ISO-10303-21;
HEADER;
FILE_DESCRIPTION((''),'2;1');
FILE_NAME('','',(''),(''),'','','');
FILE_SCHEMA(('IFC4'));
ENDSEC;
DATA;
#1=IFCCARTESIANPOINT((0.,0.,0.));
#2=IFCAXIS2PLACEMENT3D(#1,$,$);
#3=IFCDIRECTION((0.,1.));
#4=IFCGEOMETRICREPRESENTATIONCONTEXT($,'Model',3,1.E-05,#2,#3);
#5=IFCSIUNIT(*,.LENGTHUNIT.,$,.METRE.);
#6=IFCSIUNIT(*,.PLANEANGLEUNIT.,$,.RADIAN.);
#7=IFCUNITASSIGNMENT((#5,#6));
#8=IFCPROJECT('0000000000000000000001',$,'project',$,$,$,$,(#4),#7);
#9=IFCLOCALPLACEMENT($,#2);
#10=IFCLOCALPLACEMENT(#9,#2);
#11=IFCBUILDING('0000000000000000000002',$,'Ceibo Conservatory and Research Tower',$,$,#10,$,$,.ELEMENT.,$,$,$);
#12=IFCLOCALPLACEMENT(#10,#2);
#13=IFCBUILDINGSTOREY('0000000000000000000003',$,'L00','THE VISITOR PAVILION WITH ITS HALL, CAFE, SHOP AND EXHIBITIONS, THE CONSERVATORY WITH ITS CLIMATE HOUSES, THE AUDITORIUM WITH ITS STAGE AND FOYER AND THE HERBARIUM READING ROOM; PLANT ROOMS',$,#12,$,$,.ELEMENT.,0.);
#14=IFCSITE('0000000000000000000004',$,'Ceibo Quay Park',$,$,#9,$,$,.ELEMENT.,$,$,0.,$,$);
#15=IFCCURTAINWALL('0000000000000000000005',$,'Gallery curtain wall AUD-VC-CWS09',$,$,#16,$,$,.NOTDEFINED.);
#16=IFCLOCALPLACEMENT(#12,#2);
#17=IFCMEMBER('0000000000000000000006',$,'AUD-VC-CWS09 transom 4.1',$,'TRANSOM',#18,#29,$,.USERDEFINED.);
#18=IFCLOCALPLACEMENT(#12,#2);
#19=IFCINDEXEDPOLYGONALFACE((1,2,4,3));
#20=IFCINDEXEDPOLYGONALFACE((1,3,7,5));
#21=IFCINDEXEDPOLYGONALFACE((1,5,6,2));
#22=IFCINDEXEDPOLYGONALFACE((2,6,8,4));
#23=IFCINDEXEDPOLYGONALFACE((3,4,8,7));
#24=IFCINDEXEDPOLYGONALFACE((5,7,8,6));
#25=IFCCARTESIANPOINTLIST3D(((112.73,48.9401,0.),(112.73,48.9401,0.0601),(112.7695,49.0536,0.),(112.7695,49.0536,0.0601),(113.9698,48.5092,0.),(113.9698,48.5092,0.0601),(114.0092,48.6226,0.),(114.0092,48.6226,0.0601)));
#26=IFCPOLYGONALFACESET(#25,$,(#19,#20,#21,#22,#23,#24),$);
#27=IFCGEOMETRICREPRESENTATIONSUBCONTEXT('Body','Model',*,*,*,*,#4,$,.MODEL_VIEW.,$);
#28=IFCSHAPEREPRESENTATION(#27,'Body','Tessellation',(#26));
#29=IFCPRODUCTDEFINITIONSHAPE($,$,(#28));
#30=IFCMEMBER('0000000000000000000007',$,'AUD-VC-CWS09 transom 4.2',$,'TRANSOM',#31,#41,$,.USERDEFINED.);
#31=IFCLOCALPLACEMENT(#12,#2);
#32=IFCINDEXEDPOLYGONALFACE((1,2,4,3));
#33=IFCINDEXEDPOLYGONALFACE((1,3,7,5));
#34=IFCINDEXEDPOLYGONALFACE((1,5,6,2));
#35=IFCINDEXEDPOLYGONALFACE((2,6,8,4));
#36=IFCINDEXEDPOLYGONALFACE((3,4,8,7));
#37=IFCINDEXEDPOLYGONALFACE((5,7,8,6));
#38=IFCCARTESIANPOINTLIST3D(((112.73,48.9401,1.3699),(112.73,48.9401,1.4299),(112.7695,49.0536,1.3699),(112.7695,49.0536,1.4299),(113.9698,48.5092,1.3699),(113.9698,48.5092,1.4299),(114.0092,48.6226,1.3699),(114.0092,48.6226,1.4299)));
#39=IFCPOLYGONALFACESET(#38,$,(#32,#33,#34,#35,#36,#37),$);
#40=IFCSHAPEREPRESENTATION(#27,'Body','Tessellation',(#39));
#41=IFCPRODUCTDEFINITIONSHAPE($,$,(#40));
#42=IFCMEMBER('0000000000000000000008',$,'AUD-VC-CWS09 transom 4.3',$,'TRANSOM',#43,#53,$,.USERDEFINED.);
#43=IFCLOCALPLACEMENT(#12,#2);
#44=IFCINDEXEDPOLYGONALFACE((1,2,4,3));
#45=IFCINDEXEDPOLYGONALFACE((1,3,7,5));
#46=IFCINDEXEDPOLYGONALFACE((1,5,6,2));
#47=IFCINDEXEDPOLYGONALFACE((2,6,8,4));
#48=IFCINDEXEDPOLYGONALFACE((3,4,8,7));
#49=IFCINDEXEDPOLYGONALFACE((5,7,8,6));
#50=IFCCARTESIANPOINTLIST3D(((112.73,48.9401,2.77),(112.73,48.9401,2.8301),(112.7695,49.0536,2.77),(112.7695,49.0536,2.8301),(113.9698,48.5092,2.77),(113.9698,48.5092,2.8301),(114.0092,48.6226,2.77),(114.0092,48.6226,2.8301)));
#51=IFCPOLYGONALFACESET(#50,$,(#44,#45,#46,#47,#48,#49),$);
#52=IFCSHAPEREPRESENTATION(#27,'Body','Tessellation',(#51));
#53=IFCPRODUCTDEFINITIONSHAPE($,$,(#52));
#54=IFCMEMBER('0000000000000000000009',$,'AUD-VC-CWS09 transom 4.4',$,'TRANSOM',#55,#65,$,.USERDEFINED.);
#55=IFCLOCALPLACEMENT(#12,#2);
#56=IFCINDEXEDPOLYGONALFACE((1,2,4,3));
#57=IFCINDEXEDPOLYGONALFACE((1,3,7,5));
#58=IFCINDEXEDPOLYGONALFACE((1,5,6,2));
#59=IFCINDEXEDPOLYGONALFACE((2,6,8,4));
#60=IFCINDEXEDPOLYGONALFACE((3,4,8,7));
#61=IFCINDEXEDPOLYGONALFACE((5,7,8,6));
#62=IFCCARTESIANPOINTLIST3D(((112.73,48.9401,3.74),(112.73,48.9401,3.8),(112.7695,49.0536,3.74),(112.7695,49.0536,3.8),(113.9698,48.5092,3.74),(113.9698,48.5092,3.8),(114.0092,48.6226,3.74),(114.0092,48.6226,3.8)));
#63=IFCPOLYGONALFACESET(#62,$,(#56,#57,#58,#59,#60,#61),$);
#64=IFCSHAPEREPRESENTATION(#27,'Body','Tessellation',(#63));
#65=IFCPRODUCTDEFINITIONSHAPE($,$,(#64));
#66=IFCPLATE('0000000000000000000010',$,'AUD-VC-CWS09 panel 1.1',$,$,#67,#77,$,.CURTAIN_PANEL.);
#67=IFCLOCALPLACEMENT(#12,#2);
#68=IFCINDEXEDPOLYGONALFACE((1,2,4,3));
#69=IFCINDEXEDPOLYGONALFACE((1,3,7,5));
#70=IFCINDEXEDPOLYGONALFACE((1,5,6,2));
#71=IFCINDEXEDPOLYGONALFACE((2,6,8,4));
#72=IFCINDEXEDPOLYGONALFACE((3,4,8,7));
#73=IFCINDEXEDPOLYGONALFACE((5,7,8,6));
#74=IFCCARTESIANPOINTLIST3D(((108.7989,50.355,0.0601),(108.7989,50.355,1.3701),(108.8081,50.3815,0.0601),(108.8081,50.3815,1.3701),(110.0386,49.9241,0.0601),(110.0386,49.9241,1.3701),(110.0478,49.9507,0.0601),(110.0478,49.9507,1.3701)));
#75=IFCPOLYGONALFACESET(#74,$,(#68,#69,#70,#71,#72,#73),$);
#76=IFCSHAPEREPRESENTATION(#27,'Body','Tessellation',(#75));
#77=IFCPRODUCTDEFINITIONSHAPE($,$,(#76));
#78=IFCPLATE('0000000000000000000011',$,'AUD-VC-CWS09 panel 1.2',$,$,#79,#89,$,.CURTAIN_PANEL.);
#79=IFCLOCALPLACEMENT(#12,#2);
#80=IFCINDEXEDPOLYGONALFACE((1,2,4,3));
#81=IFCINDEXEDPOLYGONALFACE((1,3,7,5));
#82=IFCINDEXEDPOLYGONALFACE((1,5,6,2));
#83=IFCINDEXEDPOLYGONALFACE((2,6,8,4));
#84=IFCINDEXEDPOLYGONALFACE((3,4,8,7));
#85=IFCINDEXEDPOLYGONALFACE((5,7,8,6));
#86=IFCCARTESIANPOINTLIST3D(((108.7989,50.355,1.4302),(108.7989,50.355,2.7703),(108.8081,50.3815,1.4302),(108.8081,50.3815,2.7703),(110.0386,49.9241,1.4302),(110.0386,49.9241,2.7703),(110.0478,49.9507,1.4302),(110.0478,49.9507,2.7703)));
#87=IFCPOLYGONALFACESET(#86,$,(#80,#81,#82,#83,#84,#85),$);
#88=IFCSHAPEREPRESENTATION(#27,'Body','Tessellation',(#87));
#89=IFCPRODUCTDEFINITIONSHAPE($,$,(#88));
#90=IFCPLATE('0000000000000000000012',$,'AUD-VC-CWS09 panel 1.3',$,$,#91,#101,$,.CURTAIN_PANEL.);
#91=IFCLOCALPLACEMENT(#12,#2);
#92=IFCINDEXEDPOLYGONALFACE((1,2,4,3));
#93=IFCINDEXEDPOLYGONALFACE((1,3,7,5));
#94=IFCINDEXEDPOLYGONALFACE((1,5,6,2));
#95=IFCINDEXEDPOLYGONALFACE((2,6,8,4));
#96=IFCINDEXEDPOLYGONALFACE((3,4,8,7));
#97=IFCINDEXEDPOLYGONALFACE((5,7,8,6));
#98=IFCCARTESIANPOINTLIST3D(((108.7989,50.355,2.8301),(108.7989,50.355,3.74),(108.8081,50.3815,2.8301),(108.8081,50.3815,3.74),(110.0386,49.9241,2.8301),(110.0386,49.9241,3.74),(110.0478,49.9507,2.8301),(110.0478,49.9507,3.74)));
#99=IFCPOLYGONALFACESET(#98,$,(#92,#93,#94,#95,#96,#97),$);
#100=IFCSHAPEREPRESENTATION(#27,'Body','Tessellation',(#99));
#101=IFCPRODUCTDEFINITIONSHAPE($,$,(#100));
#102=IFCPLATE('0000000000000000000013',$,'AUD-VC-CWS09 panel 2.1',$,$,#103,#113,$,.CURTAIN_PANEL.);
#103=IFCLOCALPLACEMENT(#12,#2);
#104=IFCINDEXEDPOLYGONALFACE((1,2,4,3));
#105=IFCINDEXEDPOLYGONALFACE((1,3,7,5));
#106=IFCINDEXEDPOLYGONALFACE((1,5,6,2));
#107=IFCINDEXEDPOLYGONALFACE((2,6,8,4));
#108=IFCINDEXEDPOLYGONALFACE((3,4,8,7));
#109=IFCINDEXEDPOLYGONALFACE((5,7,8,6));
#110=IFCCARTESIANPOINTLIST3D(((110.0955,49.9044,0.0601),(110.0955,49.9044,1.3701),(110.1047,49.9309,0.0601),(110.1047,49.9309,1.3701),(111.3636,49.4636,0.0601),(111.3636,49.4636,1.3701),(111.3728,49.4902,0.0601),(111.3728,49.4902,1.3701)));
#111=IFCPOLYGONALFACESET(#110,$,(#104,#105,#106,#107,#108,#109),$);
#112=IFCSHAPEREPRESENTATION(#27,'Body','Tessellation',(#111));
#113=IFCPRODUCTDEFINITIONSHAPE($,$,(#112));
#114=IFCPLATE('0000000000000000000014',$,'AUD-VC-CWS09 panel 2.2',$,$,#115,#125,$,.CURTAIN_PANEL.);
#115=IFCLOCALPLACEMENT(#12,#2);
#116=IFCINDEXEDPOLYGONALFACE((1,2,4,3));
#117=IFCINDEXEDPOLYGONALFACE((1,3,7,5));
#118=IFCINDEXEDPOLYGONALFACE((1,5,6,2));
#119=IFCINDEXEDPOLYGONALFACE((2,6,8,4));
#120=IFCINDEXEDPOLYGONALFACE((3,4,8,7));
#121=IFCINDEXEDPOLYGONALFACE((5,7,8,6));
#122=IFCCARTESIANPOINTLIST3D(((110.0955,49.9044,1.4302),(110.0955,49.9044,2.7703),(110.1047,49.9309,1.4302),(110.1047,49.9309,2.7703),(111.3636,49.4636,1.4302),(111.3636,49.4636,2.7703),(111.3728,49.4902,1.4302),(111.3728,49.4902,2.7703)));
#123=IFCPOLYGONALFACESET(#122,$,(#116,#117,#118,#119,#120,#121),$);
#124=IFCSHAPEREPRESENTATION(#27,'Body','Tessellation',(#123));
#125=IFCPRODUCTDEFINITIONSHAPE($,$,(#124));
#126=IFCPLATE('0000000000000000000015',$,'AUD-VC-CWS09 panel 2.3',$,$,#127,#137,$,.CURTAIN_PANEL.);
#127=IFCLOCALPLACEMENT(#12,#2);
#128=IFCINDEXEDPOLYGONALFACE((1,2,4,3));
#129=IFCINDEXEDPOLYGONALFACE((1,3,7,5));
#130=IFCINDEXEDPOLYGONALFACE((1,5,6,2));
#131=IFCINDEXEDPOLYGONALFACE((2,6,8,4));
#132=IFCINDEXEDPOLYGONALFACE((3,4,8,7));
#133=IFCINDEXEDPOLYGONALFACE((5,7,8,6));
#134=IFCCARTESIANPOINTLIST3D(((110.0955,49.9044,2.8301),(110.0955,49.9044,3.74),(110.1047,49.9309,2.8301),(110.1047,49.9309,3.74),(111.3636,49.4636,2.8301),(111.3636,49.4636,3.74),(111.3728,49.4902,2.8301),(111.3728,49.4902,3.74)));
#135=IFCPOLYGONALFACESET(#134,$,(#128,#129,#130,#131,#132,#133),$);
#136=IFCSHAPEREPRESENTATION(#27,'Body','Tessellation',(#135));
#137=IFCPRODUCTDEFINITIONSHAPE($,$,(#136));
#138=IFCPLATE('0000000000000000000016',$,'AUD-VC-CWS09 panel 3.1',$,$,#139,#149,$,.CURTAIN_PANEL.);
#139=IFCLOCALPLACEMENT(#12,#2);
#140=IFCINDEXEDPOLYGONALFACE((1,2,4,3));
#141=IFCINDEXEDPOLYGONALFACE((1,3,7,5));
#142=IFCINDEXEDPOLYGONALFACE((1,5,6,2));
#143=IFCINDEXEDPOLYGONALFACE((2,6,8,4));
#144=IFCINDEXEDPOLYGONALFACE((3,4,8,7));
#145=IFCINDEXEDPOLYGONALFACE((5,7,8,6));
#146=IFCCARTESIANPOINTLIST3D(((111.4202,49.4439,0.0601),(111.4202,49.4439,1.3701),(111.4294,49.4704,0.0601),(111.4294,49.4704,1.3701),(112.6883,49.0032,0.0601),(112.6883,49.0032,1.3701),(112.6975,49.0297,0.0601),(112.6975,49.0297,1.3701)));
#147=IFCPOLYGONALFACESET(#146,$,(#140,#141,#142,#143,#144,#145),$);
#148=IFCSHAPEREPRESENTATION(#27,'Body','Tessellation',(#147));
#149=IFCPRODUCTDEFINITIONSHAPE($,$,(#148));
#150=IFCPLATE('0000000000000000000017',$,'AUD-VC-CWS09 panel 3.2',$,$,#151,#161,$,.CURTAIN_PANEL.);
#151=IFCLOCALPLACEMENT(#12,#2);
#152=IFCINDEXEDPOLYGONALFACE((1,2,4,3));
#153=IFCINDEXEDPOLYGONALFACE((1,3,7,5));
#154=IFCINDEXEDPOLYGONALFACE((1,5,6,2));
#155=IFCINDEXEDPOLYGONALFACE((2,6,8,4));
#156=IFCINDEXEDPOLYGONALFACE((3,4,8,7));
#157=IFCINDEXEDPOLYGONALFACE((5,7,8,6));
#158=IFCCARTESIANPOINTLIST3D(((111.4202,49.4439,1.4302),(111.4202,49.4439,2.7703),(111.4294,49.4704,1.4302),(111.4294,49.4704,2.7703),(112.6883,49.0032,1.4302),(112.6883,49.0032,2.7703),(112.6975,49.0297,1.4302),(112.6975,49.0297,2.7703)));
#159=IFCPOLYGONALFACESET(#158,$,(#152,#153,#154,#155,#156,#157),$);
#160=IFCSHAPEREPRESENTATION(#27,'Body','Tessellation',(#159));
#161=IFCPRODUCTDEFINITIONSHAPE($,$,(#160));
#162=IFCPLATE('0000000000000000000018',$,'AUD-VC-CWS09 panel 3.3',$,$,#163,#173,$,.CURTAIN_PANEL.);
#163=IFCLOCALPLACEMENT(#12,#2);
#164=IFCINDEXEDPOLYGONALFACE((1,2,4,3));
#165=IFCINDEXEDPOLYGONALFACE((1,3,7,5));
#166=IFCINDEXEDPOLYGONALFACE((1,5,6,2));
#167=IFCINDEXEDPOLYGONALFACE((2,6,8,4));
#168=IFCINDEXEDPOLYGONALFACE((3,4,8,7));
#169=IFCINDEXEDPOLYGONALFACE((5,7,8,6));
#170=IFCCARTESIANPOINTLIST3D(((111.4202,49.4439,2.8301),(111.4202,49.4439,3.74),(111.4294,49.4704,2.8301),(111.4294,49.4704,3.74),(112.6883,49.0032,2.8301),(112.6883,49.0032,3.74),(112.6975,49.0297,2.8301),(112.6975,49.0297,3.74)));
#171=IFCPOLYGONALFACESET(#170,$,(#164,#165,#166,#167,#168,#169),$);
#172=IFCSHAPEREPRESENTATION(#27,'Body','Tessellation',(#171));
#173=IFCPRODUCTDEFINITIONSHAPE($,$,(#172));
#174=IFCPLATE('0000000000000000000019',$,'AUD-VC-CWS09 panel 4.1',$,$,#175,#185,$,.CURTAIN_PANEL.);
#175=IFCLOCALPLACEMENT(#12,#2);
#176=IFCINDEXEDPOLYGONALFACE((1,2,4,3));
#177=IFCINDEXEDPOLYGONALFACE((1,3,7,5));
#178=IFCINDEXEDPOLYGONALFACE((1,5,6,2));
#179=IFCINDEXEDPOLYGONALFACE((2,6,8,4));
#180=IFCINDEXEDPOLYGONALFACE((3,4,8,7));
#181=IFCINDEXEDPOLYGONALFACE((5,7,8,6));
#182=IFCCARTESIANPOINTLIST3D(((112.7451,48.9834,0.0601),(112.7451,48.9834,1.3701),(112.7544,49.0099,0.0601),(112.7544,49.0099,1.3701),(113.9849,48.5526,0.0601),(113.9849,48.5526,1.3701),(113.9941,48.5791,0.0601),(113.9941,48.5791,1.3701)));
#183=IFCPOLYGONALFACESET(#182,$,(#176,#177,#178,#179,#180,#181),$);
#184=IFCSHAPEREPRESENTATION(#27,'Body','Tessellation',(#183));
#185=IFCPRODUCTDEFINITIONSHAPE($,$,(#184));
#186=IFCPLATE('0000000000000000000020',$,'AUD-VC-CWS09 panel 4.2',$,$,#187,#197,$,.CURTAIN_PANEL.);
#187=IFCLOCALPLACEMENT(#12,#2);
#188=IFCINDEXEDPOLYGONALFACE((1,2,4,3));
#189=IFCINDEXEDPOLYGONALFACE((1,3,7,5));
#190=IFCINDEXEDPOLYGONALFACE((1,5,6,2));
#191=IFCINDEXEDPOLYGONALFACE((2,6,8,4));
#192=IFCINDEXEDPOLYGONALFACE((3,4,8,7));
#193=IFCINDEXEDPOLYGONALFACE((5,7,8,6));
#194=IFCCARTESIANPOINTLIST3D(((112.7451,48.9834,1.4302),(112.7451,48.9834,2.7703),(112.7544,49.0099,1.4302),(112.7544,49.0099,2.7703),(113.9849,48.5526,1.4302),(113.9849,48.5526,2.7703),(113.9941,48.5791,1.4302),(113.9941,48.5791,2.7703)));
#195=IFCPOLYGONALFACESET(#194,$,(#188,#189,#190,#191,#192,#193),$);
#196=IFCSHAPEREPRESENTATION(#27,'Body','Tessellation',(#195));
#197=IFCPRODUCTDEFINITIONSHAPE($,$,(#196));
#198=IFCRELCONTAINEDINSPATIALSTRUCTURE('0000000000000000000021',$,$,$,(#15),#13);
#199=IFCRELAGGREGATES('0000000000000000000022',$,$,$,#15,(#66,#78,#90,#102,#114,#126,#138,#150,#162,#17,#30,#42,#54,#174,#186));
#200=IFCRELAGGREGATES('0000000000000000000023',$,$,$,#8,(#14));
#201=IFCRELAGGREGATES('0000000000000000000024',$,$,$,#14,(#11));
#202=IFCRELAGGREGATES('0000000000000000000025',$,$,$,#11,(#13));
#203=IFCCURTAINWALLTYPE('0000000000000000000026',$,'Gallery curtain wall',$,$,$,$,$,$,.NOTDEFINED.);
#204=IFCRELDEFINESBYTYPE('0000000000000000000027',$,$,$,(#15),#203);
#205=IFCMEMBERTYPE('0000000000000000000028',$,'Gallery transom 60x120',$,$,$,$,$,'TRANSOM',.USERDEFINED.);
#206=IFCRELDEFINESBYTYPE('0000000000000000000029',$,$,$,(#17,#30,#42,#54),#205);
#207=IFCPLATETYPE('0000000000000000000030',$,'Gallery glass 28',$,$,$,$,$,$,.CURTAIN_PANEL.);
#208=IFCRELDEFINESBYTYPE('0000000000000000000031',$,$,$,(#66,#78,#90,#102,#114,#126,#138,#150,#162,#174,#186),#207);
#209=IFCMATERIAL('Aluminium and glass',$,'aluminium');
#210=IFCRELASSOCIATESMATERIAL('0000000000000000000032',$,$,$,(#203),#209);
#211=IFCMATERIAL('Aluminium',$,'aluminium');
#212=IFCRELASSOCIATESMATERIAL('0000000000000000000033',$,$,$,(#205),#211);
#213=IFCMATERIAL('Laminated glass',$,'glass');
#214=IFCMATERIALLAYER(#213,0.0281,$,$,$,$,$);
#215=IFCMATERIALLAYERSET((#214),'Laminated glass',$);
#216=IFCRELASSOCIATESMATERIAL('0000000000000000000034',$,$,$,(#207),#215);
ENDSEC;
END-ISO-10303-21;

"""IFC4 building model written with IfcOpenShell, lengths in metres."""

from ifc_helpers import new_model, si_unit, direction, frame, origin, origin_2d, place, context, subcontext, project, spatial, rectangle, extrude, material, layer, layer_set, material_profile, profile_set, type_object, element, aggregate, save


model = new_model("IFC4")

# Units and contexts
model_context = context("Model", 3, precision=1e-05, world=origin(), true_north=direction((0.0, 1.0)))
body_context = subcontext(model_context, "Body", "Model", "MODEL_VIEW")
ifc_project = project(units=[si_unit("LENGTHUNIT", "METRE"), si_unit("PLANEANGLEUNIT", "RADIAN")], contexts=[model_context])

# Site, building, storey
site_placement = place(None, origin())
site = spatial("IfcSite", under=ifc_project, at=site_placement, Name="Ceibo Quay Park", CompositionType="ELEMENT", RefElevation=0.0)
building_placement = place(site_placement, origin())
building = spatial("IfcBuilding", under=site, at=building_placement, Name="Ceibo Conservatory and Research Tower", CompositionType="ELEMENT")
storey_placement = place(building_placement, origin())
storey = spatial("IfcBuildingStorey", under=building, at=storey_placement, Name="L00", Description="THE VISITOR PAVILION WITH ITS HALL, CAFE, SHOP AND EXHIBITIONS, THE CONSERVATORY WITH ITS CLIMATE HOUSES, THE AUDITORIUM WITH ITS STAGE AND FOYER AND THE HERBARIUM READING ROOM; PLANT ROOMS", CompositionType="ELEMENT", Elevation=0.0)

# Curtain wall, members, plates
ifc_material_1 = material(Name="Aluminium and glass", Category="aluminium")
curtain_wall_type = type_object("IfcCurtainWallType", Name="Gallery curtain wall", PredefinedType="NOTDEFINED", material=ifc_material_1)
curtain_wall_placement = place(storey_placement, origin())
curtain_wall = element("IfcCurtainWall", 1, at=curtain_wall_placement, inside=storey, type_object=curtain_wall_type, Name="Gallery curtain wall AUD-VC-CWS09", PredefinedType="NOTDEFINED")
ifc_material_2 = material(Name="Aluminium", Category="aluminium")
ifc_material_profile_1 = material_profile(ifc_material_2, rectangle(XDim=0.1201, YDim=0.0601, at=origin_2d()), Name="AL 60x120")
ifc_profile_set_1 = profile_set([ifc_material_profile_1], Name="Aluminium")
member_type_1 = type_object("IfcMemberType", Name="Gallery transom 60x120", ElementType="TRANSOM", PredefinedType="USERDEFINED", material=ifc_profile_set_1)
member_1_placement = place(storey_placement, frame((112.7498, 48.9968, 0.03), z_axis=(0.94457, -0.328311, 0.0), x_axis=(0.328311, 0.94457, 0.0)))
member_1 = element("IfcMember", 2, at=member_1_placement, type_object=member_type_1, Name="AUD-VC-CWS09 transom 4.1", ObjectType="TRANSOM", PredefinedType="USERDEFINED", context=body_context, shape_type="SweptSolid", body=[
    extrude(rectangle(XDim=0.1201, YDim=0.0601, at=origin_2d()), origin(), (0.0, 0.0, 1.0), 1.3125),
])
member_2_placement = place(storey_placement, frame((112.7498, 48.9968, 1.3999), z_axis=(0.94457, -0.328311, 0.0), x_axis=(0.328311, 0.94457, 0.0)))
member_2 = element("IfcMember", 3, at=member_2_placement, type_object=member_type_1, Name="AUD-VC-CWS09 transom 4.2", ObjectType="TRANSOM", PredefinedType="USERDEFINED", context=body_context, shape_type="SweptSolid", body=[
    extrude(rectangle(XDim=0.1201, YDim=0.0601, at=origin_2d()), origin(), (0.0, 0.0, 1.0), 1.3125),
])
member_3_placement = place(storey_placement, frame((112.7498, 48.9968, 2.8), z_axis=(0.94457, -0.328311, 0.0), x_axis=(0.328311, 0.94457, 0.0)))
member_3 = element("IfcMember", 4, at=member_3_placement, type_object=member_type_1, Name="AUD-VC-CWS09 transom 4.3", ObjectType="TRANSOM", PredefinedType="USERDEFINED", context=body_context, shape_type="SweptSolid", body=[
    extrude(rectangle(XDim=0.1201, YDim=0.0601, at=origin_2d()), origin(), (0.0, 0.0, 1.0), 1.3125),
])
member_4_placement = place(storey_placement, frame((112.7498, 48.9968, 3.77), z_axis=(0.94457, -0.328311, 0.0), x_axis=(0.328311, 0.94457, 0.0)))
member_4 = element("IfcMember", 5, at=member_4_placement, type_object=member_type_1, Name="AUD-VC-CWS09 transom 4.4", ObjectType="TRANSOM", PredefinedType="USERDEFINED", context=body_context, shape_type="SweptSolid", body=[
    extrude(rectangle(XDim=0.1201, YDim=0.0601, at=origin_2d()), origin(), (0.0, 0.0, 1.0), 1.3125),
])
ifc_material_3 = material(Name="Laminated glass", Category="glass")
ifc_layer = layer(ifc_material_3, 0.0281)
ifc_layer_set = layer_set([ifc_layer], Name="Laminated glass")
plate_type = type_object("IfcPlateType", Name="Gallery glass 28", PredefinedType="CURTAIN_PANEL", material=ifc_layer_set)
plate_1_placement = place(storey_placement, frame((109.4233, 50.1528, 0.0601), z_axis=(0.0, 0.0, 1.0), x_axis=(0.944579, -0.328284, 0.0)))
plate_1 = element("IfcPlate", 6, at=plate_1_placement, type_object=plate_type, Name="AUD-VC-CWS09 panel 1.1", PredefinedType="CURTAIN_PANEL", context=body_context, shape_type="SweptSolid", body=[
    extrude(rectangle(XDim=1.3125, YDim=0.0281, at=origin_2d()), origin(), (0.0, 0.0, 1.0), 1.3101),
])
plate_2_placement = place(storey_placement, frame((109.4233, 50.1528, 1.4302), z_axis=(0.0, 0.0, 1.0), x_axis=(0.944579, -0.328284, 0.0)))
plate_2 = element("IfcPlate", 7, at=plate_2_placement, type_object=plate_type, Name="AUD-VC-CWS09 panel 1.2", PredefinedType="CURTAIN_PANEL", context=body_context, shape_type="SweptSolid", body=[
    extrude(rectangle(XDim=1.3125, YDim=0.0281, at=origin_2d()), origin(), (0.0, 0.0, 1.0), 1.3401),
])
plate_3_placement = place(storey_placement, frame((109.4233, 50.1528, 2.8301), z_axis=(0.0, 0.0, 1.0), x_axis=(0.944579, -0.328284, 0.0)))
plate_3 = element("IfcPlate", 8, at=plate_3_placement, type_object=plate_type, Name="AUD-VC-CWS09 panel 1.3", PredefinedType="CURTAIN_PANEL", context=body_context, shape_type="SweptSolid", body=[
    extrude(rectangle(XDim=1.3125, YDim=0.0281, at=origin_2d()), origin(), (0.0, 0.0, 1.0), 0.9099),
])
plate_4_placement = place(storey_placement, frame((110.7341, 49.6973, 0.0601), z_axis=(0.0, 0.0, 1.0), x_axis=(0.944579, -0.328284, 0.0)))
plate_4 = element("IfcPlate", 9, at=plate_4_placement, type_object=plate_type, Name="AUD-VC-CWS09 panel 2.1", PredefinedType="CURTAIN_PANEL", context=body_context, shape_type="SweptSolid", body=[
    extrude(rectangle(XDim=1.3425, YDim=0.0281, at=origin_2d()), origin(), (0.0, 0.0, 1.0), 1.3101),
])
plate_5_placement = place(storey_placement, frame((110.7341, 49.6973, 1.4302), z_axis=(0.0, 0.0, 1.0), x_axis=(0.944579, -0.328284, 0.0)))
plate_5 = element("IfcPlate", 10, at=plate_5_placement, type_object=plate_type, Name="AUD-VC-CWS09 panel 2.2", PredefinedType="CURTAIN_PANEL", context=body_context, shape_type="SweptSolid", body=[
    extrude(rectangle(XDim=1.3425, YDim=0.0281, at=origin_2d()), origin(), (0.0, 0.0, 1.0), 1.3401),
])
plate_6_placement = place(storey_placement, frame((110.7341, 49.6973, 2.8301), z_axis=(0.0, 0.0, 1.0), x_axis=(0.944579, -0.328284, 0.0)))
plate_6 = element("IfcPlate", 11, at=plate_6_placement, type_object=plate_type, Name="AUD-VC-CWS09 panel 2.3", PredefinedType="CURTAIN_PANEL", context=body_context, shape_type="SweptSolid", body=[
    extrude(rectangle(XDim=1.3425, YDim=0.0281, at=origin_2d()), origin(), (0.0, 0.0, 1.0), 0.9099),
])
plate_7_placement = place(storey_placement, frame((112.0588, 49.2368, 0.0601), z_axis=(0.0, 0.0, 1.0), x_axis=(0.944579, -0.328284, 0.0)))
plate_7 = element("IfcPlate", 12, at=plate_7_placement, type_object=plate_type, Name="AUD-VC-CWS09 panel 3.1", PredefinedType="CURTAIN_PANEL", context=body_context, shape_type="SweptSolid", body=[
    extrude(rectangle(XDim=1.3425, YDim=0.0281, at=origin_2d()), origin(), (0.0, 0.0, 1.0), 1.3101),
])
plate_8_placement = place(storey_placement, frame((112.0588, 49.2368, 1.4302), z_axis=(0.0, 0.0, 1.0), x_axis=(0.944579, -0.328284, 0.0)))
plate_8 = element("IfcPlate", 13, at=plate_8_placement, type_object=plate_type, Name="AUD-VC-CWS09 panel 3.2", PredefinedType="CURTAIN_PANEL", context=body_context, shape_type="SweptSolid", body=[
    extrude(rectangle(XDim=1.3425, YDim=0.0281, at=origin_2d()), origin(), (0.0, 0.0, 1.0), 1.3401),
])
plate_9_placement = place(storey_placement, frame((112.0588, 49.2368, 2.8301), z_axis=(0.0, 0.0, 1.0), x_axis=(0.944579, -0.328284, 0.0)))
plate_9 = element("IfcPlate", 14, at=plate_9_placement, type_object=plate_type, Name="AUD-VC-CWS09 panel 3.3", PredefinedType="CURTAIN_PANEL", context=body_context, shape_type="SweptSolid", body=[
    extrude(rectangle(XDim=1.3425, YDim=0.0281, at=origin_2d()), origin(), (0.0, 0.0, 1.0), 0.9099),
])
plate_10_placement = place(storey_placement, frame((113.3696, 48.7812, 0.0601), z_axis=(0.0, 0.0, 1.0), x_axis=(0.944579, -0.328284, 0.0)))
plate_10 = element("IfcPlate", 15, at=plate_10_placement, type_object=plate_type, Name="AUD-VC-CWS09 panel 4.1", PredefinedType="CURTAIN_PANEL", context=body_context, shape_type="SweptSolid", body=[
    extrude(rectangle(XDim=1.3125, YDim=0.0281, at=origin_2d()), origin(), (0.0, 0.0, 1.0), 1.3101),
])
plate_11_placement = place(storey_placement, frame((113.3696, 48.7812, 1.4302), z_axis=(0.0, 0.0, 1.0), x_axis=(0.944579, -0.328284, 0.0)))
plate_11 = element("IfcPlate", 16, at=plate_11_placement, type_object=plate_type, Name="AUD-VC-CWS09 panel 4.2", PredefinedType="CURTAIN_PANEL", context=body_context, shape_type="SweptSolid", body=[
    extrude(rectangle(XDim=1.3125, YDim=0.0281, at=origin_2d()), origin(), (0.0, 0.0, 1.0), 1.3401),
])
aggregate(curtain_wall, [plate_1, plate_2, plate_3, plate_4, plate_5, plate_6, plate_7, plate_8, plate_9, member_1, member_2, member_3, member_4, plate_10, plate_11])

save(model, "model.ifc")
